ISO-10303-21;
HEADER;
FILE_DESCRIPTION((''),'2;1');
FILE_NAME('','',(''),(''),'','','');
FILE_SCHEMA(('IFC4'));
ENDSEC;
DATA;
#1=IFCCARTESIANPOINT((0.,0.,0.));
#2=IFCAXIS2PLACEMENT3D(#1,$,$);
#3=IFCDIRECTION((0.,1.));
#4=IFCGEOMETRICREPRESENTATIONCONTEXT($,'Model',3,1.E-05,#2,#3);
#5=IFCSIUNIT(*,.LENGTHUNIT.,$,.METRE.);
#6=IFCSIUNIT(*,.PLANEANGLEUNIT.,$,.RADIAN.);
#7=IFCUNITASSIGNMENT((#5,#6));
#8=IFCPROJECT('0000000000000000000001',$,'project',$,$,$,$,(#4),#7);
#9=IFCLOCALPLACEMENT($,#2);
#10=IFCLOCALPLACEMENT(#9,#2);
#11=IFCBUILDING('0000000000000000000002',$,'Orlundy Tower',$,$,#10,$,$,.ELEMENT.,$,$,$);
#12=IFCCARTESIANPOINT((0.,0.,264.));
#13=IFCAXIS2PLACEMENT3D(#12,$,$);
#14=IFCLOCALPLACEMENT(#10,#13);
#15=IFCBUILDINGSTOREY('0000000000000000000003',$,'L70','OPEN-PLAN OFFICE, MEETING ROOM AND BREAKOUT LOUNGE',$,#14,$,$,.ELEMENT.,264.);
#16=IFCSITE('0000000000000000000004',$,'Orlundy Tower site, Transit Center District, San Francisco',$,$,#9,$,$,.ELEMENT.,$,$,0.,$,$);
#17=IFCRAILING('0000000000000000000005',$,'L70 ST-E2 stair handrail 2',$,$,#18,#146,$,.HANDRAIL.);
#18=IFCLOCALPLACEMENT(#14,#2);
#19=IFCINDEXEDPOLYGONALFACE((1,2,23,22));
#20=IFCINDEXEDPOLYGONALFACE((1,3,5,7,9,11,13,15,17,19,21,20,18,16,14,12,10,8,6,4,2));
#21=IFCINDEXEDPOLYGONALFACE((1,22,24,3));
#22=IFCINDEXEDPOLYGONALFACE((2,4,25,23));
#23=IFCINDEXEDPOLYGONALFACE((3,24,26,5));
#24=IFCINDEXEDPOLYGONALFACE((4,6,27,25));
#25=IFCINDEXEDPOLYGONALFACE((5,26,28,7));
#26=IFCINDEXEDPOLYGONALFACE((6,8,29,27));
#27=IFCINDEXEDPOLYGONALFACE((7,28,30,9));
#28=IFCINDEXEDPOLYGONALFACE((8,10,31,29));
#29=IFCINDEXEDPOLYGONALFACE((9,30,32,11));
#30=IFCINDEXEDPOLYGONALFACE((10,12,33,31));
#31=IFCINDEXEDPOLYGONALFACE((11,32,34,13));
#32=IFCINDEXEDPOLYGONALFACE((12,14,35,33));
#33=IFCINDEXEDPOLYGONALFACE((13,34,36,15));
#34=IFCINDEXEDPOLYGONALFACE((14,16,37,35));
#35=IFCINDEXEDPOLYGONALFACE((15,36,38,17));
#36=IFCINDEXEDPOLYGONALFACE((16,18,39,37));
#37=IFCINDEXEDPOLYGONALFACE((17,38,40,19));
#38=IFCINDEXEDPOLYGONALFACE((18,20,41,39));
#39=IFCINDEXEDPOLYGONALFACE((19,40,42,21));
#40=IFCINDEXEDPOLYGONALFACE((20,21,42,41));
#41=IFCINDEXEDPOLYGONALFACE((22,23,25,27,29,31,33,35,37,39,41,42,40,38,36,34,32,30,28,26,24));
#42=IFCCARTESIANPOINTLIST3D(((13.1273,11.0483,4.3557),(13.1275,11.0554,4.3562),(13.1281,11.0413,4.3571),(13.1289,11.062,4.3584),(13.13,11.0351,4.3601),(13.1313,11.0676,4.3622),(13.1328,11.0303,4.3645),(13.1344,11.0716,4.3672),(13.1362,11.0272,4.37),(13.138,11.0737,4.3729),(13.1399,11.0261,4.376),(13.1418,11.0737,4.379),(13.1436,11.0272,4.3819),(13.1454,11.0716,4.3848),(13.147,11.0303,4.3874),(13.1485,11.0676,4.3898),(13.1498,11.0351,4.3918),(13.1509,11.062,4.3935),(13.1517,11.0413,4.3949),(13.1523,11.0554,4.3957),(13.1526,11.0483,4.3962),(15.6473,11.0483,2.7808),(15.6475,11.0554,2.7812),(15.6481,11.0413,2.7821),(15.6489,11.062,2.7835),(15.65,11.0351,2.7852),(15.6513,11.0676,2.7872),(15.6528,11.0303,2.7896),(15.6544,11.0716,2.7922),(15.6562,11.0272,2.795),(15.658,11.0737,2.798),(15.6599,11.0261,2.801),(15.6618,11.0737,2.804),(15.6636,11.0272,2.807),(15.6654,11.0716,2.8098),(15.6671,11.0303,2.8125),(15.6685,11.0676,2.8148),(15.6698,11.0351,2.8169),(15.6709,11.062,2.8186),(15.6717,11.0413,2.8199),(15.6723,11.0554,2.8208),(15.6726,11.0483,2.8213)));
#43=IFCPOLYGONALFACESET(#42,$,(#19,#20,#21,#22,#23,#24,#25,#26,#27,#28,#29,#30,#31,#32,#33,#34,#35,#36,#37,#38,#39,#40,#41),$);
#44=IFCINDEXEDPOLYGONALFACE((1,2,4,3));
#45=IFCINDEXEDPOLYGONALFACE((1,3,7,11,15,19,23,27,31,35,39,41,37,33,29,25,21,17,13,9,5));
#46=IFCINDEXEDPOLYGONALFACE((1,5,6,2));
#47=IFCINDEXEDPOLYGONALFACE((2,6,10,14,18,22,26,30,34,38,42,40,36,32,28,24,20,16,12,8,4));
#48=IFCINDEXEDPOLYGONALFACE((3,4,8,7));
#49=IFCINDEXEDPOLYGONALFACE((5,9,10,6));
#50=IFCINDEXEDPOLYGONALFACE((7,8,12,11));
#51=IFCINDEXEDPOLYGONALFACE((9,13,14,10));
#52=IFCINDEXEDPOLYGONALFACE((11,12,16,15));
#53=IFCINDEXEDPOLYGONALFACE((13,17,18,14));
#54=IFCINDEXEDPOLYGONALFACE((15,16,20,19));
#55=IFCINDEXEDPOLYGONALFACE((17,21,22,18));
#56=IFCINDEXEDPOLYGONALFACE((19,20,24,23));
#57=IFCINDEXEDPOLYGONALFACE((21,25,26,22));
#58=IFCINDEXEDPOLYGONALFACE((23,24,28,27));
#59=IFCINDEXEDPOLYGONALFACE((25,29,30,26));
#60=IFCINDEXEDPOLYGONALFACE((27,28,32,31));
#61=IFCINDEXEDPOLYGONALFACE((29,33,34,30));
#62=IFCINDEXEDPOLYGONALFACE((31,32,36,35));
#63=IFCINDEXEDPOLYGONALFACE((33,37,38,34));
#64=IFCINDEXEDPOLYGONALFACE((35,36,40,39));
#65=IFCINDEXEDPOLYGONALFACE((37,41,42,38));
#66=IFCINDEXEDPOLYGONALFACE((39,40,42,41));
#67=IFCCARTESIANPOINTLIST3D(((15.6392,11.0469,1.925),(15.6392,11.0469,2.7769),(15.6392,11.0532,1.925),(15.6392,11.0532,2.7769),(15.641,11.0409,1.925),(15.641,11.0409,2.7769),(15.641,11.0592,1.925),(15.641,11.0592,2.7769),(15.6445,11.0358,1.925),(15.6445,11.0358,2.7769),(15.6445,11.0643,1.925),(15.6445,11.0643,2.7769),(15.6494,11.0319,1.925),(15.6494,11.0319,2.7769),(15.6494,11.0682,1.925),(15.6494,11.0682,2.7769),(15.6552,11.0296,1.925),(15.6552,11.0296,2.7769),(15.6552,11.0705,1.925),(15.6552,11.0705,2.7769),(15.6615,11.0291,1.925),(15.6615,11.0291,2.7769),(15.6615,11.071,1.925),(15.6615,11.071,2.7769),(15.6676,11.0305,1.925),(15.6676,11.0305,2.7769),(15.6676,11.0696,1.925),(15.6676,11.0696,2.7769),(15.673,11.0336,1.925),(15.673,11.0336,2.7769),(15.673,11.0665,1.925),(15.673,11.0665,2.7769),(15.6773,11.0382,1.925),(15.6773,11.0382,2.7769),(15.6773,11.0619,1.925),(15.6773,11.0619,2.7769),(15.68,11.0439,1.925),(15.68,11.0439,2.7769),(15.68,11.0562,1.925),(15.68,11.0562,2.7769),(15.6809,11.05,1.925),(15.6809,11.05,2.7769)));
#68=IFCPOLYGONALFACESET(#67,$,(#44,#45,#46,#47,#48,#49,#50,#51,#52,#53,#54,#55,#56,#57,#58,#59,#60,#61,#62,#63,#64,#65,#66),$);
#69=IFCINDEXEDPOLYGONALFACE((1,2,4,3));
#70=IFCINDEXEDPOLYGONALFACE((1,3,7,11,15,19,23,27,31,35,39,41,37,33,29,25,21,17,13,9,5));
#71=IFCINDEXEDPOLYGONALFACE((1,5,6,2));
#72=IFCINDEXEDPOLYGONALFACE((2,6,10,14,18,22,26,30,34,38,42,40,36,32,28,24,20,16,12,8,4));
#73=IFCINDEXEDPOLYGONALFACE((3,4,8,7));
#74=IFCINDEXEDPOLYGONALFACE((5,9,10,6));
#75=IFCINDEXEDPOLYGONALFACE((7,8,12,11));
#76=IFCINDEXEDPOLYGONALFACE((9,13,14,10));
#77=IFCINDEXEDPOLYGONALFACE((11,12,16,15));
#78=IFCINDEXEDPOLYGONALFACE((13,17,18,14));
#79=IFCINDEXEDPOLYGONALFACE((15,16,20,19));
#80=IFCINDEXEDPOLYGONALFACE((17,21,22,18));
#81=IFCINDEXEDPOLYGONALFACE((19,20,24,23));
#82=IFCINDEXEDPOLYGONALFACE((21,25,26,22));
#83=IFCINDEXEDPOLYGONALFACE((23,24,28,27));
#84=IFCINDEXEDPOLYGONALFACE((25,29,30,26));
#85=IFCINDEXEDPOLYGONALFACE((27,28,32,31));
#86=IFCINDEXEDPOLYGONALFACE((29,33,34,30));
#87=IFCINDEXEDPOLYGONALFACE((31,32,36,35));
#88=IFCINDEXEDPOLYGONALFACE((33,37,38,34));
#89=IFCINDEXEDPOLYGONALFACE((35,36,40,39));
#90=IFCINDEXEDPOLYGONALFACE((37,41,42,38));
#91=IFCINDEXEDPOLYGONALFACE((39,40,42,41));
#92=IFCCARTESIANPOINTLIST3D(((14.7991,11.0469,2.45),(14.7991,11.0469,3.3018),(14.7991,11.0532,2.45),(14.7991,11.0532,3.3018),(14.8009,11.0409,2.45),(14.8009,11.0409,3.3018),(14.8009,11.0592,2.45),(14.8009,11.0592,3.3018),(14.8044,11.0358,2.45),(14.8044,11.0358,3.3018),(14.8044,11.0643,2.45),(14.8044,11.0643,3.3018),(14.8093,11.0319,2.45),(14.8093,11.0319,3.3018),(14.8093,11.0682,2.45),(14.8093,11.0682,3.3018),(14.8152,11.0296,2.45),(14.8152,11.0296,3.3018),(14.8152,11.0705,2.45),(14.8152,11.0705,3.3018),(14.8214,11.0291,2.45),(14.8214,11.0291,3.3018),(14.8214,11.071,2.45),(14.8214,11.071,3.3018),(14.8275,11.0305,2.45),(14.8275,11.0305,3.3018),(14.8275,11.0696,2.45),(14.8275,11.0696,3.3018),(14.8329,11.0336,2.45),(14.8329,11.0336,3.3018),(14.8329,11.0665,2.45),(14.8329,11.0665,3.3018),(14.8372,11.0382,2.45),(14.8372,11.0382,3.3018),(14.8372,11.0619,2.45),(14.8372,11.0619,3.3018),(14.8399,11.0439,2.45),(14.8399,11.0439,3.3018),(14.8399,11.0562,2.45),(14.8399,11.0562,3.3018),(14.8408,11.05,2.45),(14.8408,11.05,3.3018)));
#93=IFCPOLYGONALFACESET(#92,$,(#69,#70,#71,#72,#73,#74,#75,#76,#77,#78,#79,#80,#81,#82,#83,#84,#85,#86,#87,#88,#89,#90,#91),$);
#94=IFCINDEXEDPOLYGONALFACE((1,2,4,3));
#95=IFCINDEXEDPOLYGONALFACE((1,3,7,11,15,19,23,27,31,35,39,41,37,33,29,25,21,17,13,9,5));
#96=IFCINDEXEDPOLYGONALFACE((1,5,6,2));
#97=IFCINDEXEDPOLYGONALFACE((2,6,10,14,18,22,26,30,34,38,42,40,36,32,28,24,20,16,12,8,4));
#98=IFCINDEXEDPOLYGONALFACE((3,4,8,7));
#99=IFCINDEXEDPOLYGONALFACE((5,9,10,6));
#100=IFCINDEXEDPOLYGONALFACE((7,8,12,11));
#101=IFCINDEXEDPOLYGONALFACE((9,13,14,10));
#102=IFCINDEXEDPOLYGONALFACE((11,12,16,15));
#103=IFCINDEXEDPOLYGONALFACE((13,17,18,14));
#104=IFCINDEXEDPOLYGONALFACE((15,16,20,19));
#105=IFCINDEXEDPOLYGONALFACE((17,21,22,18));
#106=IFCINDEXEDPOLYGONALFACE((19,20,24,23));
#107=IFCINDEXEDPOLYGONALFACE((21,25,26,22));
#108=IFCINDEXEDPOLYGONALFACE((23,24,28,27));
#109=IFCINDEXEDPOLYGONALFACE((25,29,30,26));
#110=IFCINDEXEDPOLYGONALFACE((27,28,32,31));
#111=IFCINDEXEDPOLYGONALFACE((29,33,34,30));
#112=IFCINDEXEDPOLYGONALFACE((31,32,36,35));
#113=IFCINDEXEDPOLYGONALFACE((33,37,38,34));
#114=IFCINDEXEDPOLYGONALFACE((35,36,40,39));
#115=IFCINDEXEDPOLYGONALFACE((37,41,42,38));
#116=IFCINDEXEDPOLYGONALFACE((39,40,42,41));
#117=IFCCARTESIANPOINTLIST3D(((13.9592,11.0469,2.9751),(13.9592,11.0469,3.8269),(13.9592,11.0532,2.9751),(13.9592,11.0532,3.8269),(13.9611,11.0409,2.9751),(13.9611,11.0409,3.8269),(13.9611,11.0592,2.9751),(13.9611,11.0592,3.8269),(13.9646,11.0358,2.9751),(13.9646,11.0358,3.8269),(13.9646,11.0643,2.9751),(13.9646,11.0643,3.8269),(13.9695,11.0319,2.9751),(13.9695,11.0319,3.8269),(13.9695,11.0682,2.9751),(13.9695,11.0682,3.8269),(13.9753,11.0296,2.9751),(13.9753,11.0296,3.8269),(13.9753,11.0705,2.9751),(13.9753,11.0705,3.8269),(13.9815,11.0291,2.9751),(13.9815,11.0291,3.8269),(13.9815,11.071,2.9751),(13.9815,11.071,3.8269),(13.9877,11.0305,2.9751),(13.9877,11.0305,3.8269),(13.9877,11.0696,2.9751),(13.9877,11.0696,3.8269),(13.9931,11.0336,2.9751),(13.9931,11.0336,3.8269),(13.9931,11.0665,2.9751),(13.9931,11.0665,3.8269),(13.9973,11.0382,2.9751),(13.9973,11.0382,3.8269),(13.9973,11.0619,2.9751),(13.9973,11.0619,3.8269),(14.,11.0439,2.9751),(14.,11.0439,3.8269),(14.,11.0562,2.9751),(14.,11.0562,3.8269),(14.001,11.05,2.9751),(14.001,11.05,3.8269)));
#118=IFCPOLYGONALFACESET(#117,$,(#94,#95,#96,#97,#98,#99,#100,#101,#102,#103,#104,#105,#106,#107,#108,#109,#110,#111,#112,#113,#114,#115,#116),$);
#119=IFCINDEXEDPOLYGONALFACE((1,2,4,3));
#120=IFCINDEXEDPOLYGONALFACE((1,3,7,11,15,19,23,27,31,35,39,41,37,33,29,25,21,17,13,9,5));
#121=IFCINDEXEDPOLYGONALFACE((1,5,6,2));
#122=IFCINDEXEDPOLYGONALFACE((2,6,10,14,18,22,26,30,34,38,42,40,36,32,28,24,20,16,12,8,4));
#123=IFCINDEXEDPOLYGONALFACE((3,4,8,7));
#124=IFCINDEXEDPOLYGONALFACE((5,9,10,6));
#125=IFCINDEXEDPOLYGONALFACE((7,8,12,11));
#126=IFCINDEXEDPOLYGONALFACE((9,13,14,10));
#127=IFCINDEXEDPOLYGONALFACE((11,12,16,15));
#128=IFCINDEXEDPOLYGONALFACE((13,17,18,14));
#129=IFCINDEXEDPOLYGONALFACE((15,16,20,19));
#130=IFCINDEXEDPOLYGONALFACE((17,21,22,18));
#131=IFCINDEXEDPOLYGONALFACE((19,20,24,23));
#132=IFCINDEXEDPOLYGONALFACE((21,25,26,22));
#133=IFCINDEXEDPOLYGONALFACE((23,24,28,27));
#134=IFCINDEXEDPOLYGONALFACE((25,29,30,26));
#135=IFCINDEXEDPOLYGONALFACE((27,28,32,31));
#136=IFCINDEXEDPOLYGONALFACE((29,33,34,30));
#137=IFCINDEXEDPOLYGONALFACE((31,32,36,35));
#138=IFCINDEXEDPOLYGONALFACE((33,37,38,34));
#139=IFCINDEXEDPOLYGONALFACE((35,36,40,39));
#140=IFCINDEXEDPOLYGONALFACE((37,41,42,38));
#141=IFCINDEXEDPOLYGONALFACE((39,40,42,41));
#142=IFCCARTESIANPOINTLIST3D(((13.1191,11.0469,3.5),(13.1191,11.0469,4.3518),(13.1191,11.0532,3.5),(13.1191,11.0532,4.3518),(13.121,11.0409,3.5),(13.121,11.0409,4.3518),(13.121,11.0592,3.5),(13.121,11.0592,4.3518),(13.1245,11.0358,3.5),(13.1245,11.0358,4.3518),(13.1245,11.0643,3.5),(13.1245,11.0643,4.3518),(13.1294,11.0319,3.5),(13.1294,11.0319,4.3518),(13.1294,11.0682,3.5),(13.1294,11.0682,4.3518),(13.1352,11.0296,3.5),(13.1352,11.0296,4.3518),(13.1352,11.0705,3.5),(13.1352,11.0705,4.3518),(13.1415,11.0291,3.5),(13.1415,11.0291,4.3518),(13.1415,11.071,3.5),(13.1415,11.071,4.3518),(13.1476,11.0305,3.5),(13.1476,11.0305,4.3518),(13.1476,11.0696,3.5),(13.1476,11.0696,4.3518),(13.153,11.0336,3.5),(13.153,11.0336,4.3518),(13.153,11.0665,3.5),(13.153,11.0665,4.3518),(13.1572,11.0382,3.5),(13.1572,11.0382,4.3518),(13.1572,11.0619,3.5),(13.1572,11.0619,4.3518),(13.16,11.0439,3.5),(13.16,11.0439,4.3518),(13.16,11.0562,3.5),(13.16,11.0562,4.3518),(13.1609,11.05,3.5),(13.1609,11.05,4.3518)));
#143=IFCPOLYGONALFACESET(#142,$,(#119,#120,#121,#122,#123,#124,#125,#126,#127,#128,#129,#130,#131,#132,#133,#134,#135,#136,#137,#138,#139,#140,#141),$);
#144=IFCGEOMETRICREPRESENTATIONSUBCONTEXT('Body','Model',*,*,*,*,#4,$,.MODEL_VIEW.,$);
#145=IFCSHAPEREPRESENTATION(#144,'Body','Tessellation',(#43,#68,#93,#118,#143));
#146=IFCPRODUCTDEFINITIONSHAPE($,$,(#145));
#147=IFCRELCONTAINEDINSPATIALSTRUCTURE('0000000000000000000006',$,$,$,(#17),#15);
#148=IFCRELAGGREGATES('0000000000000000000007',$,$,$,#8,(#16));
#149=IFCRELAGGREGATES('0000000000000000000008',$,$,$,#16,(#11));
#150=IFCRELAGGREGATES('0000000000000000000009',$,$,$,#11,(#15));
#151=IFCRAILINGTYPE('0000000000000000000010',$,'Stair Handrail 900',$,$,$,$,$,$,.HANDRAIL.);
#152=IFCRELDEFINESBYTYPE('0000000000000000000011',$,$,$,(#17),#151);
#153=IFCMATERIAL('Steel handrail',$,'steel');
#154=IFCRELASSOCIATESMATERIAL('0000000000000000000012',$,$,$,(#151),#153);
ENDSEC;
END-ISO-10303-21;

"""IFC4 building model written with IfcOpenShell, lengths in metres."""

from ifc_helpers import new_model, si_unit, direction, frame, origin, origin_2d, place, context, subcontext, project, spatial, circle, extrude, material, type_object, element, save


model = new_model("IFC4")

# Units and contexts
model_context = context("Model", 3, precision=1e-05, world=origin(), true_north=direction((0.0, 1.0)))
body_context = subcontext(model_context, "Body", "Model", "MODEL_VIEW")
ifc_project = project(units=[si_unit("LENGTHUNIT", "METRE"), si_unit("PLANEANGLEUNIT", "RADIAN")], contexts=[model_context])

# Site, building, storey
site_placement = place(None, origin())
site = spatial("IfcSite", under=ifc_project, at=site_placement, Name="Orlundy Tower site, Transit Center District, San Francisco", CompositionType="ELEMENT", RefElevation=0.0)
building_placement = place(site_placement, origin())
building = spatial("IfcBuilding", under=site, at=building_placement, Name="Orlundy Tower", CompositionType="ELEMENT")
storey_placement = place(building_placement, frame((0.0, 0.0, 264.0)))
storey = spatial("IfcBuildingStorey", under=building, at=storey_placement, Name="L70", Description="OPEN-PLAN OFFICE, MEETING ROOM AND BREAKOUT LOUNGE", CompositionType="ELEMENT", Elevation=264.0)

# Railing
ifc_material_1 = material(Name="Steel handrail", Category="steel")
railing_type_1 = type_object("IfcRailingType", Name="Stair Handrail 900", PredefinedType="HANDRAIL", material=ifc_material_1)
railing_1_placement = place(storey_placement, frame((15.6599, 11.05, 1.925)))
element("IfcRailing", 1, at=railing_1_placement, inside=storey, type_object=railing_type_1, Name="L70 ST-E2 stair handrail 2", PredefinedType="HANDRAIL", context=body_context, shape_type="SweptSolid", body=[
    extrude(circle(Radius=0.0239, at=origin_2d()), frame((0.0, 0.0, 0.876), z_axis=(-0.848008, 0.0, 0.529984), x_axis=(0.0, -1.0, 0.0)), (0.0, 0.0, 1.0), 2.9717),
    extrude(circle(Radius=0.021, at=origin_2d()), origin(), (0.0, 0.0, 1.0), 0.8518),
    extrude(circle(Radius=0.021, at=origin_2d()), frame((-0.8401, 0.0, 0.5249)), (0.0, 0.0, 1.0), 0.8518),
    extrude(circle(Radius=0.021, at=origin_2d()), frame((-1.6799, 0.0, 1.05)), (0.0, 0.0, 1.0), 0.8518),
    extrude(circle(Radius=0.021, at=origin_2d()), frame((-2.52, 0.0, 1.575)), (0.0, 0.0, 1.0), 0.8518),
])

save(model, "model.ifc")
